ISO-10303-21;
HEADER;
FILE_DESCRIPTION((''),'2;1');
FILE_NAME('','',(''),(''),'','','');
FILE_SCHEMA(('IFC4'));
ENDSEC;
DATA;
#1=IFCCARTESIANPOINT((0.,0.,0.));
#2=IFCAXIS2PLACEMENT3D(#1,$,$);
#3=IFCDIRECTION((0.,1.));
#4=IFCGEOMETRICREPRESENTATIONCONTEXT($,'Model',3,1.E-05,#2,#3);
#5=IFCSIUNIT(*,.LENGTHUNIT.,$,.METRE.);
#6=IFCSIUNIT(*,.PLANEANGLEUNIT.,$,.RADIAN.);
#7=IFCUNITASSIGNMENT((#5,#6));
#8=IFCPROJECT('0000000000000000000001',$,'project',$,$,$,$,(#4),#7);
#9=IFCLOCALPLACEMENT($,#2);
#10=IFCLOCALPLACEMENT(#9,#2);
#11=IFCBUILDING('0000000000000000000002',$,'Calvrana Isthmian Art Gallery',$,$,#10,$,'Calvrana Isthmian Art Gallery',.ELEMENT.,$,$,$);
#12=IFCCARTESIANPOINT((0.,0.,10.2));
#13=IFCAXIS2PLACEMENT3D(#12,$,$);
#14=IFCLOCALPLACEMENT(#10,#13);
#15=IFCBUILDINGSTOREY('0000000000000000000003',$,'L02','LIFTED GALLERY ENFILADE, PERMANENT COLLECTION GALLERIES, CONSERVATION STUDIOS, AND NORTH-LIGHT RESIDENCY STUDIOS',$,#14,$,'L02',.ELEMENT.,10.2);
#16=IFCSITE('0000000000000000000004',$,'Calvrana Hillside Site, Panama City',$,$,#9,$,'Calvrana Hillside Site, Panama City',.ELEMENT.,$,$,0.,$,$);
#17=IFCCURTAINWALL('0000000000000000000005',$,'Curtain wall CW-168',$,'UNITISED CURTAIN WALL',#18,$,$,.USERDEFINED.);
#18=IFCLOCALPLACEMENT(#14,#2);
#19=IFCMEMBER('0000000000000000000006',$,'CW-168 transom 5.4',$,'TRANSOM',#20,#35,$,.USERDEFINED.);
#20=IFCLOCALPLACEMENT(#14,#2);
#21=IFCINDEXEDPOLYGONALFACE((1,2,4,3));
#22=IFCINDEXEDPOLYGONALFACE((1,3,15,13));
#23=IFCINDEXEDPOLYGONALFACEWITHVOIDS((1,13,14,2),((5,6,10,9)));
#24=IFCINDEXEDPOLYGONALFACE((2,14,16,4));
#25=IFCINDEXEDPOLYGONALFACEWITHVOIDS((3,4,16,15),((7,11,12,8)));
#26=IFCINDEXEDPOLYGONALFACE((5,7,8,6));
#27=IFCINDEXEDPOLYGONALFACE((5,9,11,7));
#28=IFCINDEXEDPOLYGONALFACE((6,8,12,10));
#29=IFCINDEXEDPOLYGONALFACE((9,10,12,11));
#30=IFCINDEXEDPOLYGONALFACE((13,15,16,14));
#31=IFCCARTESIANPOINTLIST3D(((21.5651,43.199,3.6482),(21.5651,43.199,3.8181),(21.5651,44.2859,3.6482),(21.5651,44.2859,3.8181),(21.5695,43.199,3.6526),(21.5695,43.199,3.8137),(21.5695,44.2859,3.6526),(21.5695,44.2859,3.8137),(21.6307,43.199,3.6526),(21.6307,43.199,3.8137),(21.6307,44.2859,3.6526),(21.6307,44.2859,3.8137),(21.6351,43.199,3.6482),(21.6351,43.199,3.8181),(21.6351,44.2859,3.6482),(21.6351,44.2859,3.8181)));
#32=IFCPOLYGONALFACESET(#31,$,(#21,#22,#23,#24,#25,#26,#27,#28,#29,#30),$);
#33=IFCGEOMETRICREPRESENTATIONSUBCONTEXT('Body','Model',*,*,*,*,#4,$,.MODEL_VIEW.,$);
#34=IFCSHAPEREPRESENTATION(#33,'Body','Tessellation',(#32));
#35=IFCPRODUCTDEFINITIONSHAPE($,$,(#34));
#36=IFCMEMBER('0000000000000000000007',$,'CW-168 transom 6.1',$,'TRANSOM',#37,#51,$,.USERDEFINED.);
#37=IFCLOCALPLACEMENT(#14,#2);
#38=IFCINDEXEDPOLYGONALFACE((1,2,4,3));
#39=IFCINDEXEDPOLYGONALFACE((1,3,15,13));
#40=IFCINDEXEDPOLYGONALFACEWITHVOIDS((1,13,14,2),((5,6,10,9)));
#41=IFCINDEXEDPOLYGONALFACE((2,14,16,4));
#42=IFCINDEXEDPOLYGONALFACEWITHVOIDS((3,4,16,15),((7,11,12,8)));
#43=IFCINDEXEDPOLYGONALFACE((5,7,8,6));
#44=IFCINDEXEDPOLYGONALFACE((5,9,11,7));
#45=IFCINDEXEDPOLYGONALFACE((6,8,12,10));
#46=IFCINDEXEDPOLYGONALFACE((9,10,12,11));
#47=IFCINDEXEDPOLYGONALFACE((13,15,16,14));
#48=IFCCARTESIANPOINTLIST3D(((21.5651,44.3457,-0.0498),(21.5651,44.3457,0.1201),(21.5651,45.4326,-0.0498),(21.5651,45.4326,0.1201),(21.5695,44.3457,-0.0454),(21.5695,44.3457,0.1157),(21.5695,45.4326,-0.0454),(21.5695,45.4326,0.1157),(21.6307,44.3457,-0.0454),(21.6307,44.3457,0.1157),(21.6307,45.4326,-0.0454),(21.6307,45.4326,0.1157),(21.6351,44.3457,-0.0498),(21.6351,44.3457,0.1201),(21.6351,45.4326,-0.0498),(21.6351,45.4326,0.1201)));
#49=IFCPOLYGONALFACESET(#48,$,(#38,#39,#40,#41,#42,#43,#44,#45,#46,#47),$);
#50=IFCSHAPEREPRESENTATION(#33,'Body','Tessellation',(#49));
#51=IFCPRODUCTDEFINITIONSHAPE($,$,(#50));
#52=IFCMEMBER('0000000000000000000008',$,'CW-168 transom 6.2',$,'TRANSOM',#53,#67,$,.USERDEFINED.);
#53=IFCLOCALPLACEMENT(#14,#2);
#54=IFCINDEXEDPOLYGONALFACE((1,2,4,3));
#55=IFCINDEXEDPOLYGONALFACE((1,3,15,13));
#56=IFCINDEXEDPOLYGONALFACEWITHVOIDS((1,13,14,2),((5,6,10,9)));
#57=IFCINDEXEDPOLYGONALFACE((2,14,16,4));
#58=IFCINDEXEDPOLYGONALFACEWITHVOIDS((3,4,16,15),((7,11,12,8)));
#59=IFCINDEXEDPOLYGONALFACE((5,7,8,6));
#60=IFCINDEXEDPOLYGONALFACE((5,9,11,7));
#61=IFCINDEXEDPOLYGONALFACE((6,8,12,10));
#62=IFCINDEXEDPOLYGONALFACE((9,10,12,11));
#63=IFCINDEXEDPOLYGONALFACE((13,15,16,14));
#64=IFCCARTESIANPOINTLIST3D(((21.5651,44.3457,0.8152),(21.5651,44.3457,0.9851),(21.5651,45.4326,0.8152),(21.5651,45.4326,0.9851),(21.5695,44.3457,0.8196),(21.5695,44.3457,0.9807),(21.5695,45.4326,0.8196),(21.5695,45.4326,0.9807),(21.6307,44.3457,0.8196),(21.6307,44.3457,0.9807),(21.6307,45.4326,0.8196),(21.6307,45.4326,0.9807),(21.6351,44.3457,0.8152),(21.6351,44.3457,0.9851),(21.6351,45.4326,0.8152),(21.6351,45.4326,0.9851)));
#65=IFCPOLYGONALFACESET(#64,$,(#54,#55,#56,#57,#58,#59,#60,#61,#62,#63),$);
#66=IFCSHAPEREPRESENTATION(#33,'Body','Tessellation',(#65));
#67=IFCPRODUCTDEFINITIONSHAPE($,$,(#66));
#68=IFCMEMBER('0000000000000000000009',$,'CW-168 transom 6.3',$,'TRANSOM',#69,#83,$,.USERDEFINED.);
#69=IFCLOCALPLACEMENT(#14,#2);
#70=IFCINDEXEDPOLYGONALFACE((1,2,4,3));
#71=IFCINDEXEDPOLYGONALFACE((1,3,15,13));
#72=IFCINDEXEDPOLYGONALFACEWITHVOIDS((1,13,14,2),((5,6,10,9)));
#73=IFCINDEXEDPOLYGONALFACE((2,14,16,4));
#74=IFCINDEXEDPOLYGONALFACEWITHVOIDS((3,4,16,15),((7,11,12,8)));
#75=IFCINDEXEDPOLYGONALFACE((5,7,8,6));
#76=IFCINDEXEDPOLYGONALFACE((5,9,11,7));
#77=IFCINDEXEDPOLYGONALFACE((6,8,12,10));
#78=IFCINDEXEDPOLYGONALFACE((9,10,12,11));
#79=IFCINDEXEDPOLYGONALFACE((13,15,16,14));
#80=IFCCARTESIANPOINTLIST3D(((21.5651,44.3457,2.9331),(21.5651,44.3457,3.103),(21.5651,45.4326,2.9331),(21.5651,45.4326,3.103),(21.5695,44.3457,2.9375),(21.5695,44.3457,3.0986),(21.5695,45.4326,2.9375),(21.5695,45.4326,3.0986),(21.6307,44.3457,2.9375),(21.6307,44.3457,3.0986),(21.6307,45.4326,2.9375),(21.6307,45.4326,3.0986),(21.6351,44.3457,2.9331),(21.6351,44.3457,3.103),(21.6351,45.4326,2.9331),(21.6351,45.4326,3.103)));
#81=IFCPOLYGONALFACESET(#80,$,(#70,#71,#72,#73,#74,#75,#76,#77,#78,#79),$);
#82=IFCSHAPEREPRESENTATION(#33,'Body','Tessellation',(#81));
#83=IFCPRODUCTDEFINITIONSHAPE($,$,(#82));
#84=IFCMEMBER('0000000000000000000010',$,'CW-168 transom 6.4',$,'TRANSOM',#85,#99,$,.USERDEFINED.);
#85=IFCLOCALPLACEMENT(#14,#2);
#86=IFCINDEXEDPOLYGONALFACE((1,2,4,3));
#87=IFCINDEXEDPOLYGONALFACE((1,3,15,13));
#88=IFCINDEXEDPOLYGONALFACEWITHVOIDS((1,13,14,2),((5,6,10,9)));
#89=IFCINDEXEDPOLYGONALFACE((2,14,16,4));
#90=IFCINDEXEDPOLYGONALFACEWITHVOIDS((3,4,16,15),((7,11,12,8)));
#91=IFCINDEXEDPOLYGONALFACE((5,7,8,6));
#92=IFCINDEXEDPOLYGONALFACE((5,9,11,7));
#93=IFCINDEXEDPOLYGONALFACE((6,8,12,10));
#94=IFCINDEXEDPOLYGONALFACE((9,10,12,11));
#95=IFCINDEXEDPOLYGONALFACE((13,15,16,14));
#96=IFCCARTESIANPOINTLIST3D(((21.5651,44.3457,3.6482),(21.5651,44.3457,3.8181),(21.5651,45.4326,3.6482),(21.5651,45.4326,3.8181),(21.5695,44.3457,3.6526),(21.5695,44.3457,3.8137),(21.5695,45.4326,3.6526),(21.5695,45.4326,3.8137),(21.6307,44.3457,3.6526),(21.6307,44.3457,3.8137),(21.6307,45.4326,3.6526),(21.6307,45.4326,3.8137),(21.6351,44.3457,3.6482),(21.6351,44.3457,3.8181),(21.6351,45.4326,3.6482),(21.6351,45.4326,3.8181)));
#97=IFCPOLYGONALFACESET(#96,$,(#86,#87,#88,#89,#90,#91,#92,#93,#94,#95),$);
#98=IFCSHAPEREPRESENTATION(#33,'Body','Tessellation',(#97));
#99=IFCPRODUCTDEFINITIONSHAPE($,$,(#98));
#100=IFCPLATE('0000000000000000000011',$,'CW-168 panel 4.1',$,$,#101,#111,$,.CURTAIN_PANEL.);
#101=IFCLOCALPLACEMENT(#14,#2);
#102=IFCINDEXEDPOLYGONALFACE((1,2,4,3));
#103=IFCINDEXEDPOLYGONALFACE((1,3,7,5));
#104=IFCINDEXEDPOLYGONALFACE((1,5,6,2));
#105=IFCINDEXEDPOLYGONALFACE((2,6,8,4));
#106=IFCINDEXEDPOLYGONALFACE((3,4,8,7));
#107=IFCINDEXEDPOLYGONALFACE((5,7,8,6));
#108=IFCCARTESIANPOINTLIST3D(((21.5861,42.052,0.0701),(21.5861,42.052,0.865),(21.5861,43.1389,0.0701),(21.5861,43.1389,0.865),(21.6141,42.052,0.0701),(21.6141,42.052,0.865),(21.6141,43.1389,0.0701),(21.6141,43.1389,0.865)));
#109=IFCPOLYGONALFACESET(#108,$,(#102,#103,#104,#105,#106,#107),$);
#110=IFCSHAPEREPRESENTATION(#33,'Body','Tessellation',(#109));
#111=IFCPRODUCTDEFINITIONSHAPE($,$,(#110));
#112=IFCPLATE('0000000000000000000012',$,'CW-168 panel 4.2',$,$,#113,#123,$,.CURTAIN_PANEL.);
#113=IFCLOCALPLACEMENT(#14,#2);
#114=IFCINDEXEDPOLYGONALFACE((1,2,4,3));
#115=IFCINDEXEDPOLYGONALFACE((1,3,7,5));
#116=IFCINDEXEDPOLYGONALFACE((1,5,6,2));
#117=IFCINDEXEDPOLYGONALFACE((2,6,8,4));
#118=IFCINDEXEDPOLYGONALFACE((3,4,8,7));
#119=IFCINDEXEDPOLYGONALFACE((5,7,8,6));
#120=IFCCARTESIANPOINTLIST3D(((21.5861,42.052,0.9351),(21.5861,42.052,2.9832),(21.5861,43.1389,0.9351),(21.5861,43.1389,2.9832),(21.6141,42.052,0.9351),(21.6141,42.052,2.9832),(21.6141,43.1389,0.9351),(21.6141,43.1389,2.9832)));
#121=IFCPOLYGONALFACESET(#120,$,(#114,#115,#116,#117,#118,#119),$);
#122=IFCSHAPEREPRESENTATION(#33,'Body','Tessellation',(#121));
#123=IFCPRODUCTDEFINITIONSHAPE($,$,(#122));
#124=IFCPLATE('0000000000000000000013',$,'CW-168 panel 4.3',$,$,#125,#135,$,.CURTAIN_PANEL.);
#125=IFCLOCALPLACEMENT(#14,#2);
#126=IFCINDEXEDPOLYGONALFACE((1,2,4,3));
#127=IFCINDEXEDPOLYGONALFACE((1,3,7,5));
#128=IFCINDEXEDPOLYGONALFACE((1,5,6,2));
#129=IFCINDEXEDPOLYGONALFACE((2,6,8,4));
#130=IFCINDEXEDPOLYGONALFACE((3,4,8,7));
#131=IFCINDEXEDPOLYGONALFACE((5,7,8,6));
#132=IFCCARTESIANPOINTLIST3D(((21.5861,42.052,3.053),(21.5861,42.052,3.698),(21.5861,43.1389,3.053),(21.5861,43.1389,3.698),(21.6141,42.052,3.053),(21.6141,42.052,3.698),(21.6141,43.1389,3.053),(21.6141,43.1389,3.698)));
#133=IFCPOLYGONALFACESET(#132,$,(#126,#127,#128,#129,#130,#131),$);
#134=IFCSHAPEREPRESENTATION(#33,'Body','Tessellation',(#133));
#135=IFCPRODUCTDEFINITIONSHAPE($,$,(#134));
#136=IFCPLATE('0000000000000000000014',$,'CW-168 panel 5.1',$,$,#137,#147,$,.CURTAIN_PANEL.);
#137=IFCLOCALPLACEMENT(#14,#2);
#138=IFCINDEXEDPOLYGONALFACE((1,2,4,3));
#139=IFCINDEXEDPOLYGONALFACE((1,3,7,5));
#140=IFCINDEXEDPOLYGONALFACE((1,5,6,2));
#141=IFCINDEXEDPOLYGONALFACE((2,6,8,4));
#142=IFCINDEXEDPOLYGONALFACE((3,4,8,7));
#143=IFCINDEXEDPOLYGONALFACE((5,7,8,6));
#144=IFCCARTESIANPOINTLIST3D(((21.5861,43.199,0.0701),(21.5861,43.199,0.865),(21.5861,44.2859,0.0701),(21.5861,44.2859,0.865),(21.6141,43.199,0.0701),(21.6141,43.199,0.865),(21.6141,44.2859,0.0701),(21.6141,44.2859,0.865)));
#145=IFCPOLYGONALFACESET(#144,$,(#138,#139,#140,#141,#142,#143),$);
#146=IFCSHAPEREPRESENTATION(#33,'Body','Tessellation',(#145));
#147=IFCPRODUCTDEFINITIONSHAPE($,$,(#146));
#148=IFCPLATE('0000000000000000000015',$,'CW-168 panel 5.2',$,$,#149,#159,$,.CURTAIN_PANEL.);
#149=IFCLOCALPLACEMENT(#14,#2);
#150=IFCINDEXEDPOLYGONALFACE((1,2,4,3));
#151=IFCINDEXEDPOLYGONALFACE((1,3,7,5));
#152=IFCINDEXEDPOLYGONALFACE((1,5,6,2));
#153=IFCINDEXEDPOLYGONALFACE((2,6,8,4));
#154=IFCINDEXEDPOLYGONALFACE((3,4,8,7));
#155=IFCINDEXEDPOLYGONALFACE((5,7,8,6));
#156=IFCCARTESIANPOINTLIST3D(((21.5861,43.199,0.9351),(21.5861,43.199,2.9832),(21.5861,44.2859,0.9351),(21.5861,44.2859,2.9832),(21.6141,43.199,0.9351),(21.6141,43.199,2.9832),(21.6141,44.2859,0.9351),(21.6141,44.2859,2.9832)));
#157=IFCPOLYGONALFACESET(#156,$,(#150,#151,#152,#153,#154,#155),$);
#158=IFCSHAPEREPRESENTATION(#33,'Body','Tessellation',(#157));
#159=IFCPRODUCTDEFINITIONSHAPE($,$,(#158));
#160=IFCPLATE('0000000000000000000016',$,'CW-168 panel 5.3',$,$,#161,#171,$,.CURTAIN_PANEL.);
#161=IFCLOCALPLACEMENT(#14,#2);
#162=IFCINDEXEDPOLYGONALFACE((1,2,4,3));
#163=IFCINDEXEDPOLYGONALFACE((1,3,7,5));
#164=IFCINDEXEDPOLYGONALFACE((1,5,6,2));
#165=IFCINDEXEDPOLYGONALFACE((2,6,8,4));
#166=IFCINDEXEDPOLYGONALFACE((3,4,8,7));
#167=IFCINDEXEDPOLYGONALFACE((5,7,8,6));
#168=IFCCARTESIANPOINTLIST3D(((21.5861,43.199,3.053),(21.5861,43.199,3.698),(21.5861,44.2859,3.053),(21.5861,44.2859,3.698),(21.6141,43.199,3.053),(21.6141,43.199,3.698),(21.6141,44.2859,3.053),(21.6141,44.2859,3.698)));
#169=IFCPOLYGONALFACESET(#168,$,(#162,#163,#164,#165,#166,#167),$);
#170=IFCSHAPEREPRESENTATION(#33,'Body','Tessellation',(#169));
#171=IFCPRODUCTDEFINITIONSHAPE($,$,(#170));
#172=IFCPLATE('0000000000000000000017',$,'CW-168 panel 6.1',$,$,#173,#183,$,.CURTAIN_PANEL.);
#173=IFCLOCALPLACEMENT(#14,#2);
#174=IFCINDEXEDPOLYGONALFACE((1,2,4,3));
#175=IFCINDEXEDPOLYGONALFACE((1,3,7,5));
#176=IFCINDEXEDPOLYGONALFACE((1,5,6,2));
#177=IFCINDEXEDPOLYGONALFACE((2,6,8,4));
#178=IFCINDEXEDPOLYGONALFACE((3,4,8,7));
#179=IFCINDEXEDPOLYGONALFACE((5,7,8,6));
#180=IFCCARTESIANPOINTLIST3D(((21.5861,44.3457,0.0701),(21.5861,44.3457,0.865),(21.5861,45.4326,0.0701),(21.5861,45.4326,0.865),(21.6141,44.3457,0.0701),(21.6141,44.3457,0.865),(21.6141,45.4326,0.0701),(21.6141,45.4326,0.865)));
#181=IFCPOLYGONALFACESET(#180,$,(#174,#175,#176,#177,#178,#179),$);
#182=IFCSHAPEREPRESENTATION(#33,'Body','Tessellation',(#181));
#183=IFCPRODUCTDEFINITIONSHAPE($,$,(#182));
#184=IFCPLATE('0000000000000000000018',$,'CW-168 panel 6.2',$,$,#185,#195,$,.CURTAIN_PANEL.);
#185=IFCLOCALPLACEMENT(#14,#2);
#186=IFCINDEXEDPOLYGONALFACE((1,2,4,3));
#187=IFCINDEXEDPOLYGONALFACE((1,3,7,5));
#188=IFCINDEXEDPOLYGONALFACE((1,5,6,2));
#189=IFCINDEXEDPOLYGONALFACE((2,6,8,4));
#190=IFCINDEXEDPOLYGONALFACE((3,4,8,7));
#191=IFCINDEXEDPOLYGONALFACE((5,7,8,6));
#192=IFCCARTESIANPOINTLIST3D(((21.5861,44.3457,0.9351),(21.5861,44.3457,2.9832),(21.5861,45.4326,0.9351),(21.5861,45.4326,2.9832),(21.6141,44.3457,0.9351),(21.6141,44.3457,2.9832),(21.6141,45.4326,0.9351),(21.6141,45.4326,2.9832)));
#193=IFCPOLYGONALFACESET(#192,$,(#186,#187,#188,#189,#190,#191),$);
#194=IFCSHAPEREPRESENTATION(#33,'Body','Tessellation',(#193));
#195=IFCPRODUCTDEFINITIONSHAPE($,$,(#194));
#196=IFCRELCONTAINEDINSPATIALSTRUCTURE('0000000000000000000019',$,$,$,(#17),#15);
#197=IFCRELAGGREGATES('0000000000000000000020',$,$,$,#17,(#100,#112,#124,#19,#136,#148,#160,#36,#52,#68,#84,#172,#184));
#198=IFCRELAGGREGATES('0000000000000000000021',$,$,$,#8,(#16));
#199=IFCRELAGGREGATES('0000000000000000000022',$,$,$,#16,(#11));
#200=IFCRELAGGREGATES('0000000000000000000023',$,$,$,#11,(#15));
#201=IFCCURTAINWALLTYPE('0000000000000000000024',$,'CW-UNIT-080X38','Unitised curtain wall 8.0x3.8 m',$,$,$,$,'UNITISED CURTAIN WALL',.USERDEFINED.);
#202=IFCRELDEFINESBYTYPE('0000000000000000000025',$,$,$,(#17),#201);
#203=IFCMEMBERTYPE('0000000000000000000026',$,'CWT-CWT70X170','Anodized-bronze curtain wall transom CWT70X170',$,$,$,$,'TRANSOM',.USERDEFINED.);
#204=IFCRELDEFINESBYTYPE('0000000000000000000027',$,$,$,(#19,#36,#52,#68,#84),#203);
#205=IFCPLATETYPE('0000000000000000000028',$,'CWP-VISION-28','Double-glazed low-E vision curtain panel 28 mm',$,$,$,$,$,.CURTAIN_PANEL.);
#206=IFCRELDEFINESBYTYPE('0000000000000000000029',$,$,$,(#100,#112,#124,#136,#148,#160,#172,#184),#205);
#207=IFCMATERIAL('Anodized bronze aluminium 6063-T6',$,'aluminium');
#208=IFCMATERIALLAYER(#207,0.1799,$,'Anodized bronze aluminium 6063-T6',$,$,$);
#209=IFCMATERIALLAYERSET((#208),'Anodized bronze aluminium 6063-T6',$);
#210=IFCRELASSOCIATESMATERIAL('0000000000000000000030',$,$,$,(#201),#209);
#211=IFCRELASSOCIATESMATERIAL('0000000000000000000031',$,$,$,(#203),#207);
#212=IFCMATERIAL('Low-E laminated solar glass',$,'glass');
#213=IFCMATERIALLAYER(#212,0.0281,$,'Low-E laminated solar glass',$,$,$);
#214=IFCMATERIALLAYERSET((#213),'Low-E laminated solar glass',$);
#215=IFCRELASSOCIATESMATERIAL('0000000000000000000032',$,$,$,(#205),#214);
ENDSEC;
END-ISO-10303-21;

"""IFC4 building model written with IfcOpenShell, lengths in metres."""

from ifc_helpers import new_model, si_unit, direction, frame, origin, origin_2d, place, context, subcontext, project, spatial, rectangle, hollow_rectangle, extrude, material, layer, layer_set, material_profile, profile_set, type_object, element, aggregate, save


model = new_model("IFC4")

# Units and contexts
model_context = context("Model", 3, precision=1e-05, world=origin(), true_north=direction((0.0, 1.0)))
body_context = subcontext(model_context, "Body", "Model", "MODEL_VIEW")
ifc_project = project(units=[si_unit("LENGTHUNIT", "METRE"), si_unit("PLANEANGLEUNIT", "RADIAN")], contexts=[model_context])

# Site, building, storey
site_placement = place(None, origin())
site = spatial("IfcSite", under=ifc_project, at=site_placement, Name="Calvrana Hillside Site, Panama City", LongName="Calvrana Hillside Site, Panama City", CompositionType="ELEMENT", RefElevation=0.0)
building_placement = place(site_placement, origin())
building = spatial("IfcBuilding", under=site, at=building_placement, Name="Calvrana Isthmian Art Gallery", LongName="Calvrana Isthmian Art Gallery", CompositionType="ELEMENT")
storey_placement = place(building_placement, frame((0.0, 0.0, 10.2)))
storey = spatial("IfcBuildingStorey", under=building, at=storey_placement, Name="L02", Description="LIFTED GALLERY ENFILADE, PERMANENT COLLECTION GALLERIES, CONSERVATION STUDIOS, AND NORTH-LIGHT RESIDENCY STUDIOS", LongName="L02", CompositionType="ELEMENT", Elevation=10.2)

# Curtain wall, members, plates
ifc_material_1 = material(Name="Anodized bronze aluminium 6063-T6", Category="aluminium")
ifc_layer_1 = layer(ifc_material_1, 0.1799, Name="Anodized bronze aluminium 6063-T6")
ifc_layer_set_1 = layer_set([ifc_layer_1], Name="Anodized bronze aluminium 6063-T6")
curtain_wall_type = type_object("IfcCurtainWallType", Name="CW-UNIT-080X38", Description="Unitised curtain wall 8.0x3.8 m", ElementType="UNITISED CURTAIN WALL", PredefinedType="USERDEFINED", material=ifc_layer_set_1)
curtain_wall_placement = place(storey_placement, origin())
curtain_wall = element("IfcCurtainWall", 1, at=curtain_wall_placement, inside=storey, type_object=curtain_wall_type, Name="Curtain wall CW-168", ObjectType="UNITISED CURTAIN WALL", PredefinedType="USERDEFINED")
ifc_material_profile_1 = material_profile(ifc_material_1, hollow_rectangle(XDim=0.0701, YDim=0.1699, WallThickness=0.0044, at=origin_2d()), Name="CWT70X170")
ifc_profile_set_1 = profile_set([ifc_material_profile_1], Name="Anodized bronze aluminium 6063-T6")
member_type_1 = type_object("IfcMemberType", Name="CWT-CWT70X170", Description="Anodized-bronze curtain wall transom CWT70X170", ElementType="TRANSOM", PredefinedType="USERDEFINED", material=ifc_profile_set_1)
member_1_placement = place(storey_placement, frame((21.6001, 43.199, 3.7332), z_axis=(0.0, 1.0, 0.0), x_axis=(-1.0, 0.0, 0.0)))
member_1 = element("IfcMember", 2, at=member_1_placement, type_object=member_type_1, Name="CW-168 transom 5.4", ObjectType="TRANSOM", PredefinedType="USERDEFINED", context=body_context, shape_type="SweptSolid", body=[
    extrude(hollow_rectangle(XDim=0.0701, YDim=0.1699, WallThickness=0.0044, at=origin_2d()), origin(), (0.0, 0.0, 1.0), 1.0869),
])
member_2_placement = place(storey_placement, frame((21.6001, 44.3457, 0.0352), z_axis=(0.0, 1.0, 0.0), x_axis=(-1.0, 0.0, 0.0)))
member_2 = element("IfcMember", 3, at=member_2_placement, type_object=member_type_1, Name="CW-168 transom 6.1", ObjectType="TRANSOM", PredefinedType="USERDEFINED", context=body_context, shape_type="SweptSolid", body=[
    extrude(hollow_rectangle(XDim=0.0701, YDim=0.1699, WallThickness=0.0044, at=origin_2d()), origin(), (0.0, 0.0, 1.0), 1.0869),
])
member_3_placement = place(storey_placement, frame((21.6001, 44.3457, 0.9001), z_axis=(0.0, 1.0, 0.0), x_axis=(-1.0, 0.0, 0.0)))
member_3 = element("IfcMember", 4, at=member_3_placement, type_object=member_type_1, Name="CW-168 transom 6.2", ObjectType="TRANSOM", PredefinedType="USERDEFINED", context=body_context, shape_type="SweptSolid", body=[
    extrude(hollow_rectangle(XDim=0.0701, YDim=0.1699, WallThickness=0.0044, at=origin_2d()), origin(), (0.0, 0.0, 1.0), 1.0869),
])
member_4_placement = place(storey_placement, frame((21.6001, 44.3457, 3.0181), z_axis=(0.0, 1.0, 0.0), x_axis=(-1.0, 0.0, 0.0)))
member_4 = element("IfcMember", 5, at=member_4_placement, type_object=member_type_1, Name="CW-168 transom 6.3", ObjectType="TRANSOM", PredefinedType="USERDEFINED", context=body_context, shape_type="SweptSolid", body=[
    extrude(hollow_rectangle(XDim=0.0701, YDim=0.1699, WallThickness=0.0044, at=origin_2d()), origin(), (0.0, 0.0, 1.0), 1.0869),
])
member_5_placement = place(storey_placement, frame((21.6001, 44.3457, 3.7332), z_axis=(0.0, 1.0, 0.0), x_axis=(-1.0, 0.0, 0.0)))
member_5 = element("IfcMember", 6, at=member_5_placement, type_object=member_type_1, Name="CW-168 transom 6.4", ObjectType="TRANSOM", PredefinedType="USERDEFINED", context=body_context, shape_type="SweptSolid", body=[
    extrude(hollow_rectangle(XDim=0.0701, YDim=0.1699, WallThickness=0.0044, at=origin_2d()), origin(), (0.0, 0.0, 1.0), 1.0869),
])
ifc_material_2 = material(Name="Low-E laminated solar glass", Category="glass")
ifc_layer_2 = layer(ifc_material_2, 0.0281, Name="Low-E laminated solar glass")
ifc_layer_set_2 = layer_set([ifc_layer_2], Name="Low-E laminated solar glass")
plate_type = type_object("IfcPlateType", Name="CWP-VISION-28", Description="Double-glazed low-E vision curtain panel 28 mm", PredefinedType="CURTAIN_PANEL", material=ifc_layer_set_2)
plate_1_placement = place(storey_placement, frame((21.6001, 42.5955, 0.0701), z_axis=(0.0, 0.0, 1.0), x_axis=(0.0, 1.0, 0.0)))
plate_1 = element("IfcPlate", 7, at=plate_1_placement, type_object=plate_type, Name="CW-168 panel 4.1", PredefinedType="CURTAIN_PANEL", context=body_context, shape_type="SweptSolid", body=[
    extrude(rectangle(XDim=1.0869, YDim=0.0281, at=origin_2d()), origin(), (0.0, 0.0, 1.0), 0.7949),
])
plate_2_placement = place(storey_placement, frame((21.6001, 42.5955, 0.9351), z_axis=(0.0, 0.0, 1.0), x_axis=(0.0, 1.0, 0.0)))
plate_2 = element("IfcPlate", 8, at=plate_2_placement, type_object=plate_type, Name="CW-168 panel 4.2", PredefinedType="CURTAIN_PANEL", context=body_context, shape_type="SweptSolid", body=[
    extrude(rectangle(XDim=1.0869, YDim=0.0281, at=origin_2d()), origin(), (0.0, 0.0, 1.0), 2.0481),
])
plate_3_placement = place(storey_placement, frame((21.6001, 42.5955, 3.053), z_axis=(0.0, 0.0, 1.0), x_axis=(0.0, 1.0, 0.0)))
plate_3 = element("IfcPlate", 9, at=plate_3_placement, type_object=plate_type, Name="CW-168 panel 4.3", PredefinedType="CURTAIN_PANEL", context=body_context, shape_type="SweptSolid", body=[
    extrude(rectangle(XDim=1.0869, YDim=0.0281, at=origin_2d()), origin(), (0.0, 0.0, 1.0), 0.645),
])
plate_4_placement = place(storey_placement, frame((21.6001, 43.7424, 0.0701), z_axis=(0.0, 0.0, 1.0), x_axis=(0.0, 1.0, 0.0)))
plate_4 = element("IfcPlate", 10, at=plate_4_placement, type_object=plate_type, Name="CW-168 panel 5.1", PredefinedType="CURTAIN_PANEL", context=body_context, shape_type="SweptSolid", body=[
    extrude(rectangle(XDim=1.0869, YDim=0.0281, at=origin_2d()), origin(), (0.0, 0.0, 1.0), 0.7949),
])
plate_5_placement = place(storey_placement, frame((21.6001, 43.7424, 0.9351), z_axis=(0.0, 0.0, 1.0), x_axis=(0.0, 1.0, 0.0)))
plate_5 = element("IfcPlate", 11, at=plate_5_placement, type_object=plate_type, Name="CW-168 panel 5.2", PredefinedType="CURTAIN_PANEL", context=body_context, shape_type="SweptSolid", body=[
    extrude(rectangle(XDim=1.0869, YDim=0.0281, at=origin_2d()), origin(), (0.0, 0.0, 1.0), 2.0481),
])
plate_6_placement = place(storey_placement, frame((21.6001, 43.7424, 3.053), z_axis=(0.0, 0.0, 1.0), x_axis=(0.0, 1.0, 0.0)))
plate_6 = element("IfcPlate", 12, at=plate_6_placement, type_object=plate_type, Name="CW-168 panel 5.3", PredefinedType="CURTAIN_PANEL", context=body_context, shape_type="SweptSolid", body=[
    extrude(rectangle(XDim=1.0869, YDim=0.0281, at=origin_2d()), origin(), (0.0, 0.0, 1.0), 0.645),
])
plate_7_placement = place(storey_placement, frame((21.6001, 44.8892, 0.0701), z_axis=(0.0, 0.0, 1.0), x_axis=(0.0, 1.0, 0.0)))
plate_7 = element("IfcPlate", 13, at=plate_7_placement, type_object=plate_type, Name="CW-168 panel 6.1", PredefinedType="CURTAIN_PANEL", context=body_context, shape_type="SweptSolid", body=[
    extrude(rectangle(XDim=1.0869, YDim=0.0281, at=origin_2d()), origin(), (0.0, 0.0, 1.0), 0.7949),
])
plate_8_placement = place(storey_placement, frame((21.6001, 44.8892, 0.9351), z_axis=(0.0, 0.0, 1.0), x_axis=(0.0, 1.0, 0.0)))
plate_8 = element("IfcPlate", 14, at=plate_8_placement, type_object=plate_type, Name="CW-168 panel 6.2", PredefinedType="CURTAIN_PANEL", context=body_context, shape_type="SweptSolid", body=[
    extrude(rectangle(XDim=1.0869, YDim=0.0281, at=origin_2d()), origin(), (0.0, 0.0, 1.0), 2.0481),
])
aggregate(curtain_wall, [plate_1, plate_2, plate_3, member_1, plate_4, plate_5, plate_6, member_2, member_3, member_4, member_5, plate_7, plate_8])

save(model, "model.ifc")
